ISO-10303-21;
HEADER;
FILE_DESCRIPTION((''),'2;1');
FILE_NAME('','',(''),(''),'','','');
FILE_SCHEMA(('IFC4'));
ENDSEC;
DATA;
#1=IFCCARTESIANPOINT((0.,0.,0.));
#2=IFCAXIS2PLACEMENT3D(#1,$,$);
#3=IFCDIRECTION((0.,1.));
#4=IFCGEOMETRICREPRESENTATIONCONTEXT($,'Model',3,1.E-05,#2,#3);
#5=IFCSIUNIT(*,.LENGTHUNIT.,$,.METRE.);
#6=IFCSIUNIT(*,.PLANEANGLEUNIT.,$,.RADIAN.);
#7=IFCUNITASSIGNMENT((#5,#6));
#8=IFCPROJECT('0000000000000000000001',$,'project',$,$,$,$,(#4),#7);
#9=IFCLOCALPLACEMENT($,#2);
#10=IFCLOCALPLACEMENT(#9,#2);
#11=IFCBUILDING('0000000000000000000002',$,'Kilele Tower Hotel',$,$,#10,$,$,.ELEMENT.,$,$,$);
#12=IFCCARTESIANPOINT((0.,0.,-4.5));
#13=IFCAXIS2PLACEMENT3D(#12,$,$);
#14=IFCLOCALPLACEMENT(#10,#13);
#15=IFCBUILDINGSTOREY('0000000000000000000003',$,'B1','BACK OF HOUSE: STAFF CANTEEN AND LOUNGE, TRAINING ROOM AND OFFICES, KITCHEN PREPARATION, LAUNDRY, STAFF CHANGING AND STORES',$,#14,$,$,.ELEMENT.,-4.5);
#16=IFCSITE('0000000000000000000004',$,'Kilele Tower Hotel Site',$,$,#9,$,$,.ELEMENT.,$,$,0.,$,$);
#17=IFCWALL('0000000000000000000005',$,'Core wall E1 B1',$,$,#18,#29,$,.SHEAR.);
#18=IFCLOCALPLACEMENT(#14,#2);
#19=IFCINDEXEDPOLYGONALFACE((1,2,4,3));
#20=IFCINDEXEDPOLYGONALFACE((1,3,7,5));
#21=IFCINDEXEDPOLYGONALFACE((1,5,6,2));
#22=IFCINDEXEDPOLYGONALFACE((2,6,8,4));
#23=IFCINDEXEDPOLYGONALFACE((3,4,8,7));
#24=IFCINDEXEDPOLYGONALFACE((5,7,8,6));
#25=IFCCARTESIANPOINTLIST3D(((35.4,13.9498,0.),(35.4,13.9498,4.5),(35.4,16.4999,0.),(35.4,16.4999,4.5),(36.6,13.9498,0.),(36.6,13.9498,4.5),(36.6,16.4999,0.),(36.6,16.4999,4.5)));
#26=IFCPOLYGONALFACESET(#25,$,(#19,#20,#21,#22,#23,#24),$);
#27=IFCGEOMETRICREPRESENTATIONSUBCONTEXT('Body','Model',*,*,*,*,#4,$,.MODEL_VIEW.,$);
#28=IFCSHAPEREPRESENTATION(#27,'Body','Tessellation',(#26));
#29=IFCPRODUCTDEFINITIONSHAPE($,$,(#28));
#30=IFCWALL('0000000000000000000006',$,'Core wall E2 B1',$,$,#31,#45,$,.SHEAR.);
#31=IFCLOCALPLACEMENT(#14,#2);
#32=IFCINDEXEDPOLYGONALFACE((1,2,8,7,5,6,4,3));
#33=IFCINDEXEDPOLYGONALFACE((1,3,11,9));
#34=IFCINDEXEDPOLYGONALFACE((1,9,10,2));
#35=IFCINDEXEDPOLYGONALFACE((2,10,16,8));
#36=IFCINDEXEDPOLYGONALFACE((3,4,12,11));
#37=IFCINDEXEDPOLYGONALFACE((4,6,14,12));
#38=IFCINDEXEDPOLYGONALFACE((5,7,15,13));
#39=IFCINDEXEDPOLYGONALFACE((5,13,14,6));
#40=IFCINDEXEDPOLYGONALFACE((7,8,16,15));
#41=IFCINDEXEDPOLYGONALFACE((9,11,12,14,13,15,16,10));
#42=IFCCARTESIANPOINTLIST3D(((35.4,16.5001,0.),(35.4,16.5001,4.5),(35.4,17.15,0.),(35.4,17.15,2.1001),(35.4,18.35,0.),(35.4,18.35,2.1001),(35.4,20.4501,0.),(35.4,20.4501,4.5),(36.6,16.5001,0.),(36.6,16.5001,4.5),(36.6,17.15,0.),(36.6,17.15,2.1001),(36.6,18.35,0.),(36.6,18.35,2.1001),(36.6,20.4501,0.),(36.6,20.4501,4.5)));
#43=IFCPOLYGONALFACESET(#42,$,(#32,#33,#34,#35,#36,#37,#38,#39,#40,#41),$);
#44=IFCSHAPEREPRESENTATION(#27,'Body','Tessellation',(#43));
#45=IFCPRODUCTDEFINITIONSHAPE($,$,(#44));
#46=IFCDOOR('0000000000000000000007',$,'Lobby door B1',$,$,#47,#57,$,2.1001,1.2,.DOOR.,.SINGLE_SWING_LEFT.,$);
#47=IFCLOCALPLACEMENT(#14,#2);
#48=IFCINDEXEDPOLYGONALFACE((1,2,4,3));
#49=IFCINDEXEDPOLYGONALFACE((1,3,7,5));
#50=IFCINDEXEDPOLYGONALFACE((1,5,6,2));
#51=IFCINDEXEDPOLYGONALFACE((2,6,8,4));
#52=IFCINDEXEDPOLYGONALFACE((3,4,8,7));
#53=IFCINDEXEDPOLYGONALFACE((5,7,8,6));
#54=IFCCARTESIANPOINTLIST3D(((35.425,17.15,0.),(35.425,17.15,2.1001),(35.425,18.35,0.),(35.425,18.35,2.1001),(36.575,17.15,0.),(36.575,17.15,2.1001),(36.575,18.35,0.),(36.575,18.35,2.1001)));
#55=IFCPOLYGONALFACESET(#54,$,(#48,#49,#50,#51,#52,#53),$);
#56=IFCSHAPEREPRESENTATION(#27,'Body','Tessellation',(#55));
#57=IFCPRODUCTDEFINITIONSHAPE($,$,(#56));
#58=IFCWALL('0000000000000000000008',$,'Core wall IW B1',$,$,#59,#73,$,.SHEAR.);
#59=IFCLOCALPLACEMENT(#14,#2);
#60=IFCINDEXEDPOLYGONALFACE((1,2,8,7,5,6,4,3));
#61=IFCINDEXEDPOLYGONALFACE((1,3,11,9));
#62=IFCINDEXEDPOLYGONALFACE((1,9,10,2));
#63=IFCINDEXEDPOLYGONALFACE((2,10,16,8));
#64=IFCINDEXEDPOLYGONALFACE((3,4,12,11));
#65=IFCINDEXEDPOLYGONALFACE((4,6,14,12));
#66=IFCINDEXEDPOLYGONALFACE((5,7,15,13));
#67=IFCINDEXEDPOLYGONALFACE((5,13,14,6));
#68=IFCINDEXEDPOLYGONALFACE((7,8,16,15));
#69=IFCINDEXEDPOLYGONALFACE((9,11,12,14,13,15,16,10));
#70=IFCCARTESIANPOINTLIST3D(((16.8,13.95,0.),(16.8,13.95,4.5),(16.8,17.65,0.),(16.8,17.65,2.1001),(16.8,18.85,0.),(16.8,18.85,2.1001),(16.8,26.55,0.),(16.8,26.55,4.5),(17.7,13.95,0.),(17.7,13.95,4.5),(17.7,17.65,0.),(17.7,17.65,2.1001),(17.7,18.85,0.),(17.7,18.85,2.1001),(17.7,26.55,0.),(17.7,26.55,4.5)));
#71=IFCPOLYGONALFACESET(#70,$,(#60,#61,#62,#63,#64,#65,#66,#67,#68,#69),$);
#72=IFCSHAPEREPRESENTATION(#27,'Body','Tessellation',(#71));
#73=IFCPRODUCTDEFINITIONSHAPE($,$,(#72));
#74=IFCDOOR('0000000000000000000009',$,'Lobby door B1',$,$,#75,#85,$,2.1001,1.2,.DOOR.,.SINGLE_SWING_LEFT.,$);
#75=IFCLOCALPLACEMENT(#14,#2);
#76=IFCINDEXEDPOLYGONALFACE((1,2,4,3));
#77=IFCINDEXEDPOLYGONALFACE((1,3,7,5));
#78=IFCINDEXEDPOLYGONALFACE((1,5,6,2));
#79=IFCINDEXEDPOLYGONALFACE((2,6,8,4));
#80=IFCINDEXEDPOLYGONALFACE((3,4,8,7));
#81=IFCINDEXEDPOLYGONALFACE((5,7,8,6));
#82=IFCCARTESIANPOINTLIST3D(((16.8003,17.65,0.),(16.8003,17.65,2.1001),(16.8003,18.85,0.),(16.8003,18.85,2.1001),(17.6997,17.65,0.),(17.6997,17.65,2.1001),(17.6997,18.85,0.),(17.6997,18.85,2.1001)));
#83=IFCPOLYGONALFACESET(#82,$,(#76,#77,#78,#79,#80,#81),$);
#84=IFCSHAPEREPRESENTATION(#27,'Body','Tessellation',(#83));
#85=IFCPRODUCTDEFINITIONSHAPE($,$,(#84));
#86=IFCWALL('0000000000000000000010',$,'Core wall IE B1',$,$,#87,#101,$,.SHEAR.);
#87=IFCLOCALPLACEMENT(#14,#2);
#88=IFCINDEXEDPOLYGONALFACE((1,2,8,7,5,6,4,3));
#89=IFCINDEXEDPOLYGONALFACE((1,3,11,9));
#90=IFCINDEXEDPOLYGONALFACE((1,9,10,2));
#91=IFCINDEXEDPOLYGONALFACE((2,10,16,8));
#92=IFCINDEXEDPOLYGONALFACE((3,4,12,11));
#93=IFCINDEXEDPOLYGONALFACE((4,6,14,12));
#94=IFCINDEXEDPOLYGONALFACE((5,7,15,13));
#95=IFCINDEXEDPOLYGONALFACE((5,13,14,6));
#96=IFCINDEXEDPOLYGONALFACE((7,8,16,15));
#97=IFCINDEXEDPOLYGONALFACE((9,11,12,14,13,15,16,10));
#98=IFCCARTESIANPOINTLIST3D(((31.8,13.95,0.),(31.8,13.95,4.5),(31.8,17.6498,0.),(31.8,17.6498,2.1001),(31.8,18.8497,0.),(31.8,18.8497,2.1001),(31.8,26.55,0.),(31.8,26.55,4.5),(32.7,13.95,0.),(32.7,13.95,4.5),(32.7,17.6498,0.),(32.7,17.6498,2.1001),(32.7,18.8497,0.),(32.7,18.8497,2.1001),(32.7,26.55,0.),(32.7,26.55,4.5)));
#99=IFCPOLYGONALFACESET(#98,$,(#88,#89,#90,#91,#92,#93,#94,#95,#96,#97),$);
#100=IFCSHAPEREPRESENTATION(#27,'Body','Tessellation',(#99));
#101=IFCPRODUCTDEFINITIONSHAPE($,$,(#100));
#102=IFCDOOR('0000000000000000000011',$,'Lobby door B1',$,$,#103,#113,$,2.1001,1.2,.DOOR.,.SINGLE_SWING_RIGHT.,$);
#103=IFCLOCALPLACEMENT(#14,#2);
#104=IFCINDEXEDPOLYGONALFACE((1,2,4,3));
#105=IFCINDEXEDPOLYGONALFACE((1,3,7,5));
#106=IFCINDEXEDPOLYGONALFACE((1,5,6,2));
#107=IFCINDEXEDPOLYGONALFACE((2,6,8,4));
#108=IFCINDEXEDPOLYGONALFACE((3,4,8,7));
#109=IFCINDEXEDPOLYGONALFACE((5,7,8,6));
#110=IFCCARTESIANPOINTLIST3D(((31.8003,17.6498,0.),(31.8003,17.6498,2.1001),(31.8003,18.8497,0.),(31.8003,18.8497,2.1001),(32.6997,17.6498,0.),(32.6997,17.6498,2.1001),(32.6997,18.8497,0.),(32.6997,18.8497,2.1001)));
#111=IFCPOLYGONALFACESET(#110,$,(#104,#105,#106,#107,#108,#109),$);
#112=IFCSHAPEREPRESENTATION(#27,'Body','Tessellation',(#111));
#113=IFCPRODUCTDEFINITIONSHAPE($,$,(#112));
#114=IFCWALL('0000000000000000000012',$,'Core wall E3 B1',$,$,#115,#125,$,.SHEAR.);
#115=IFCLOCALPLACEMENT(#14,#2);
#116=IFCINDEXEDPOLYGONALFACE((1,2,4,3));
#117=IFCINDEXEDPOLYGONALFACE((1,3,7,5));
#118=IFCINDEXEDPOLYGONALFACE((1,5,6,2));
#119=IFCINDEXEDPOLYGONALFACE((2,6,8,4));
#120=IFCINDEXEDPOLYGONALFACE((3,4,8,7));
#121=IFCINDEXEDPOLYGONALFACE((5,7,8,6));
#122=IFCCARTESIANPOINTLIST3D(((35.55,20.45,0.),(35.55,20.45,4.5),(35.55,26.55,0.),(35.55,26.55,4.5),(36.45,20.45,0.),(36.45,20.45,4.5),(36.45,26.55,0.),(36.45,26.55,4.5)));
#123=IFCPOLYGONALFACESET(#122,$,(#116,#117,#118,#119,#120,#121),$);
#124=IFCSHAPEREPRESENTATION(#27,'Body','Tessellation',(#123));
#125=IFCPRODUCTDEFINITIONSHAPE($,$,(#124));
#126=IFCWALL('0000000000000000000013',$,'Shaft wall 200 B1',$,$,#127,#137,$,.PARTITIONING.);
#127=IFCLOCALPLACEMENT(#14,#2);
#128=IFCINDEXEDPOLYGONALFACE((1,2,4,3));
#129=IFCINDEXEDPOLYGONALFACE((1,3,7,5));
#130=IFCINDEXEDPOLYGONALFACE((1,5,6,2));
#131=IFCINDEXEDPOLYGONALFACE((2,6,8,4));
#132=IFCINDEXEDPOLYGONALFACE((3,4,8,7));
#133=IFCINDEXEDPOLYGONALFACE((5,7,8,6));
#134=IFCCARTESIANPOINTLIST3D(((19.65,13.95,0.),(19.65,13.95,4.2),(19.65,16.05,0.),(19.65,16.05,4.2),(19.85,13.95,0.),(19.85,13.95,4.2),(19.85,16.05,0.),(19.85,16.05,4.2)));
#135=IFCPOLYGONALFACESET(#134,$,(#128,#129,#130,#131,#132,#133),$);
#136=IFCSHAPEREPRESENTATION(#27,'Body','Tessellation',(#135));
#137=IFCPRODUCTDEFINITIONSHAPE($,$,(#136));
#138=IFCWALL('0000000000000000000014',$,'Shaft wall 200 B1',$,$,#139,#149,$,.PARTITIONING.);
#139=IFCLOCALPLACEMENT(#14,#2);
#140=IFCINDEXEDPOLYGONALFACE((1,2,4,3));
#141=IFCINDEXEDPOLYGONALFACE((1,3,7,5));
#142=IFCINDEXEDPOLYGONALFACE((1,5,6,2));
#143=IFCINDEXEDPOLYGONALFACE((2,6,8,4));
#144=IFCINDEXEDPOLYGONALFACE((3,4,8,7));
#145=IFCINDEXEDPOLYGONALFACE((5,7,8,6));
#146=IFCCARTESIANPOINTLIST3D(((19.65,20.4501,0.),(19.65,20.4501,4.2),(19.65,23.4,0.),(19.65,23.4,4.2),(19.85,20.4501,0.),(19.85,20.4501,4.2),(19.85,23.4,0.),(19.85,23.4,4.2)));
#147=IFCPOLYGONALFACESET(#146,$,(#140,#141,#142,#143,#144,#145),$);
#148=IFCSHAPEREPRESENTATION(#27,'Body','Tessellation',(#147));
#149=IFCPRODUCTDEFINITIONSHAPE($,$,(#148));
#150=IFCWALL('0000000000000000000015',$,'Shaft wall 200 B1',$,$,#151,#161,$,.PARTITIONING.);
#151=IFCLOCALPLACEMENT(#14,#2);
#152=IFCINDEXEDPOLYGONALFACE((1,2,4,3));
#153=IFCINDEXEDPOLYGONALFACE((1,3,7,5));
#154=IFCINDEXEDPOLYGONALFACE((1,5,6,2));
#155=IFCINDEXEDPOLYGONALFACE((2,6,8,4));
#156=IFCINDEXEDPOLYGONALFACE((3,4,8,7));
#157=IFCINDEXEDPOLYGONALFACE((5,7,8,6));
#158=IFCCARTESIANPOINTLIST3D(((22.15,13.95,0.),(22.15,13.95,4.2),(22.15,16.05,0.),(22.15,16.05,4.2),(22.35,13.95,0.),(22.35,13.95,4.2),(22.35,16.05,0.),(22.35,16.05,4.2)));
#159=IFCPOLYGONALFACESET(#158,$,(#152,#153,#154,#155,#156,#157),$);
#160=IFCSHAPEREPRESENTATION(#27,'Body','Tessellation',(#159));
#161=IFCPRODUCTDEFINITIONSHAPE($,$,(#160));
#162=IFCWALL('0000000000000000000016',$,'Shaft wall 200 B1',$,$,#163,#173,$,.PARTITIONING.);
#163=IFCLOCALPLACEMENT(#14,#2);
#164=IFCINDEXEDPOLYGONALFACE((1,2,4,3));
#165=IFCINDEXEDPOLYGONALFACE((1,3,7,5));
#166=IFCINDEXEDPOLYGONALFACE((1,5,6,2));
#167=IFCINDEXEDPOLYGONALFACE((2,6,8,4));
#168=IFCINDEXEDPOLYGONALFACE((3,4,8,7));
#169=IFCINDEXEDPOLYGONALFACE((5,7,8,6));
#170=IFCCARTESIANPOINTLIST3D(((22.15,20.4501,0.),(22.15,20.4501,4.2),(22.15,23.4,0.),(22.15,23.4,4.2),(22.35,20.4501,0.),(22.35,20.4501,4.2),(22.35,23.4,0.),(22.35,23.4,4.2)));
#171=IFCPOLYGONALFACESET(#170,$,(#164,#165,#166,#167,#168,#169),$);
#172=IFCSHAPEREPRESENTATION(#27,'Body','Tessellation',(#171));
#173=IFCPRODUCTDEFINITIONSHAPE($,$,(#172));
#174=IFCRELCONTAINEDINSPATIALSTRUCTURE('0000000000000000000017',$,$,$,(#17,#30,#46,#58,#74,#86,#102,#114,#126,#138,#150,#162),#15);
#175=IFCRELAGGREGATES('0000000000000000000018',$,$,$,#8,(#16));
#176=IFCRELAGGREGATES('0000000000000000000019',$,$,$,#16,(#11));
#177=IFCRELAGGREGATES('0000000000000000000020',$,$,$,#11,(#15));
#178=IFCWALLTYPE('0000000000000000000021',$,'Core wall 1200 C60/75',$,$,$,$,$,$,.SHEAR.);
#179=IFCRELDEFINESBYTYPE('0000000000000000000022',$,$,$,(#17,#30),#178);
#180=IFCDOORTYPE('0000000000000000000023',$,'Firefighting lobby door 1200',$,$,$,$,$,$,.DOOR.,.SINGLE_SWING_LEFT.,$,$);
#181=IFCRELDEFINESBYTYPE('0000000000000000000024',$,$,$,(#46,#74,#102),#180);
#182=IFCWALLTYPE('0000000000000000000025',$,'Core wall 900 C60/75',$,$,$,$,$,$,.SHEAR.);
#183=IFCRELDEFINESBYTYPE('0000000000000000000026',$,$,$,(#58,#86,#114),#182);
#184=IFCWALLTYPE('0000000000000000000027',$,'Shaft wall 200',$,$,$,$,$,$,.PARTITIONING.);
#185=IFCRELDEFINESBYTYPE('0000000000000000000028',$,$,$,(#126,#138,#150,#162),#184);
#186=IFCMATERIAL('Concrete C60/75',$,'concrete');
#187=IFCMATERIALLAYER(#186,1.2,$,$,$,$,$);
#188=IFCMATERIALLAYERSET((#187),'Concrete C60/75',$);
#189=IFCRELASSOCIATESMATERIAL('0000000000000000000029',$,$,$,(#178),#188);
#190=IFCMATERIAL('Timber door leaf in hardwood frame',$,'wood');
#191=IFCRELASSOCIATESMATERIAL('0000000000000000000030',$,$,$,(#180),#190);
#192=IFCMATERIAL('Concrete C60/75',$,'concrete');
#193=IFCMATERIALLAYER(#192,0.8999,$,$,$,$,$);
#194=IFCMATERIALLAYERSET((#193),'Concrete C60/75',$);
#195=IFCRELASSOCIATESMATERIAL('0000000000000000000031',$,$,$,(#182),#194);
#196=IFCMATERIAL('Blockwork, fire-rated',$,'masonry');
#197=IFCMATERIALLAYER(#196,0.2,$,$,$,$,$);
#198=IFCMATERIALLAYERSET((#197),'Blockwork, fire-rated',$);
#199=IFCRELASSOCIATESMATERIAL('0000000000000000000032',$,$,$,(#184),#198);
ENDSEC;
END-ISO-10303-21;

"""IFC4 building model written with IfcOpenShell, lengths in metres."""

from ifc_helpers import new_model, si_unit, direction, frame, frame_2d, origin, place, context, subcontext, project, spatial, rectangle, extrude, material, layer, layer_set, type_object, element, fill, save


model = new_model("IFC4")

# Units and contexts
model_context = context("Model", 3, precision=1e-05, world=origin(), true_north=direction((0.0, 1.0)))
body_context = subcontext(model_context, "Body", "Model", "MODEL_VIEW")
ifc_project = project(units=[si_unit("LENGTHUNIT", "METRE"), si_unit("PLANEANGLEUNIT", "RADIAN")], contexts=[model_context])

# Site, building, storey
site_placement = place(None, origin())
site = spatial("IfcSite", under=ifc_project, at=site_placement, Name="Kilele Tower Hotel Site", CompositionType="ELEMENT", RefElevation=0.0)
building_placement = place(site_placement, origin())
building = spatial("IfcBuilding", under=site, at=building_placement, Name="Kilele Tower Hotel", CompositionType="ELEMENT")
storey_placement = place(building_placement, frame((0.0, 0.0, -4.5)))
storey = spatial("IfcBuildingStorey", under=building, at=storey_placement, Name="B1", Description="BACK OF HOUSE: STAFF CANTEEN AND LOUNGE, TRAINING ROOM AND OFFICES, KITCHEN PREPARATION, LAUNDRY, STAFF CHANGING AND STORES", CompositionType="ELEMENT", Elevation=-4.5)

# Wall
ifc_material_1 = material(Name="Concrete C60/75", Category="concrete")
ifc_layer_1 = layer(ifc_material_1, 1.2)
ifc_layer_set_1 = layer_set([ifc_layer_1], Name="Concrete C60/75")
wall_type_1 = type_object("IfcWallType", Name="Core wall 1200 C60/75", PredefinedType="SHEAR", material=ifc_layer_set_1)
wall_1_placement = place(storey_placement, frame((36.0, 13.95, 0.0), z_axis=(0.0, 0.0, 1.0), x_axis=(0.0, 1.0, 0.0)))
element("IfcWall", 1, at=wall_1_placement, inside=storey, type_object=wall_type_1, Name="Core wall E1 B1", PredefinedType="SHEAR", context=body_context, shape_type="SweptSolid", body=[
    extrude(rectangle(XDim=2.55, YDim=1.2, at=frame_2d((1.2749, 0.0))), origin(), (0.0, 0.0, 1.0), 4.5),
])

# Walls, openings, doors
wall_2_placement = place(storey_placement, frame((36.0, 16.5, 0.0), z_axis=(0.0, 0.0, 1.0), x_axis=(0.0, 1.0, 0.0)))
wall_2 = element("IfcWall", 2, at=wall_2_placement, inside=storey, type_object=wall_type_1, Name="Core wall E2 B1", PredefinedType="SHEAR", context=body_context, shape_type="SweptSolid", body=[
    extrude(rectangle(XDim=3.95, YDim=1.2, at=frame_2d((1.9751, 0.0))), origin(), (0.0, 0.0, 1.0), 4.5),
])
opening_1_placement = place(wall_2_placement, frame((0.6499, 0.0, 0.0)))
opening_1 = element("IfcOpeningElement", 3, at=opening_1_placement, cuts=wall_2, PredefinedType="OPENING", context=body_context, shape_type="SweptSolid", body=[
    extrude(rectangle(XDim=1.2, YDim=2.1001, at=frame_2d((0.6001, 1.05))), frame((0.0, 0.6099, 0.0), z_axis=(0.0, -1.0, 0.0), x_axis=(1.0, 0.0, 0.0)), (0.0, 0.0, 1.0), 1.22),
])
ifc_material_2 = material(Name="Timber door leaf in hardwood frame", Category="wood")
door_type = type_object("IfcDoorType", Name="Firefighting lobby door 1200", OperationType="SINGLE_SWING_LEFT", PredefinedType="DOOR", material=ifc_material_2)
door_1_placement = place(opening_1_placement, origin())
door_1 = element("IfcDoor", 4, at=door_1_placement, inside=storey, type_object=door_type, Name="Lobby door B1", OperationType="SINGLE_SWING_LEFT", OverallHeight=2.1001, OverallWidth=1.2, PredefinedType="DOOR", context=body_context, shape_type="SweptSolid", body=[
    extrude(rectangle(XDim=1.2, YDim=2.1001, at=frame_2d((0.6001, 1.05))), frame((0.0, 0.575, 0.0), z_axis=(0.0, -1.0, 0.0), x_axis=(1.0, 0.0, 0.0)), (0.0, 0.0, 1.0), 1.1499),
])
fill(opening_1, door_1)
ifc_material_3 = material(Name="Concrete C60/75", Category="concrete")
ifc_layer_2 = layer(ifc_material_3, 0.8999)
ifc_layer_set_2 = layer_set([ifc_layer_2], Name="Concrete C60/75")
wall_type_2 = type_object("IfcWallType", Name="Core wall 900 C60/75", PredefinedType="SHEAR", material=ifc_layer_set_2)
wall_3_placement = place(storey_placement, frame((17.25, 13.95, 0.0), z_axis=(0.0, 0.0, 1.0), x_axis=(0.0, 1.0, 0.0)))
wall_3 = element("IfcWall", 5, at=wall_3_placement, inside=storey, type_object=wall_type_2, Name="Core wall IW B1", PredefinedType="SHEAR", context=body_context, shape_type="SweptSolid", body=[
    extrude(rectangle(XDim=12.6001, YDim=0.8999, at=frame_2d((6.3, 0.0))), origin(), (0.0, 0.0, 1.0), 4.5),
])
opening_2_placement = place(wall_3_placement, frame((3.7, 0.0, 0.0)))
opening_2 = element("IfcOpeningElement", 6, at=opening_2_placement, cuts=wall_3, PredefinedType="OPENING", context=body_context, shape_type="SweptSolid", body=[
    extrude(rectangle(XDim=1.2, YDim=2.1001, at=frame_2d((0.6001, 1.05))), frame((0.0, 0.46, 0.0), z_axis=(0.0, -1.0, 0.0), x_axis=(1.0, 0.0, 0.0)), (0.0, 0.0, 1.0), 0.9199),
])
door_2_placement = place(opening_2_placement, origin())
door_2 = element("IfcDoor", 7, at=door_2_placement, inside=storey, type_object=door_type, Name="Lobby door B1", OperationType="SINGLE_SWING_LEFT", OverallHeight=2.1001, OverallWidth=1.2, PredefinedType="DOOR", context=body_context, shape_type="SweptSolid", body=[
    extrude(rectangle(XDim=1.2, YDim=2.1001, at=frame_2d((0.6001, 1.05))), frame((0.0, 0.4497, 0.0), z_axis=(0.0, -1.0, 0.0), x_axis=(1.0, 0.0, 0.0)), (0.0, 0.0, 1.0), 0.8994),
])
fill(opening_2, door_2)
wall_4_placement = place(storey_placement, frame((32.25, 13.95, 0.0), z_axis=(0.0, 0.0, 1.0), x_axis=(0.0, 1.0, 0.0)))
wall_4 = element("IfcWall", 8, at=wall_4_placement, inside=storey, type_object=wall_type_2, Name="Core wall IE B1", PredefinedType="SHEAR", context=body_context, shape_type="SweptSolid", body=[
    extrude(rectangle(XDim=12.6001, YDim=0.8999, at=frame_2d((6.3, 0.0))), origin(), (0.0, 0.0, 1.0), 4.5),
])
opening_3_placement = place(wall_4_placement, frame((4.8999, 0.0, 0.0), z_axis=(0.0, 0.0, 1.0), x_axis=(-1.0, 0.0, 0.0)))
opening_3 = element("IfcOpeningElement", 9, at=opening_3_placement, cuts=wall_4, PredefinedType="OPENING", context=body_context, shape_type="SweptSolid", body=[
    extrude(rectangle(XDim=1.2, YDim=2.1001, at=frame_2d((0.6001, 1.05))), frame((0.0, 0.46, 0.0), z_axis=(0.0, -1.0, 0.0), x_axis=(1.0, 0.0, 0.0)), (0.0, 0.0, 1.0), 0.9199),
])
door_3_placement = place(opening_3_placement, origin())
door_3 = element("IfcDoor", 10, at=door_3_placement, inside=storey, type_object=door_type, Name="Lobby door B1", OperationType="SINGLE_SWING_RIGHT", OverallHeight=2.1001, OverallWidth=1.2, PredefinedType="DOOR", context=body_context, shape_type="SweptSolid", body=[
    extrude(rectangle(XDim=1.2, YDim=2.1001, at=frame_2d((0.6001, 1.05))), frame((0.0, 0.4497, 0.0), z_axis=(0.0, -1.0, 0.0), x_axis=(1.0, 0.0, 0.0)), (0.0, 0.0, 1.0), 0.8994),
])
fill(opening_3, door_3)

# Walls
wall_5_placement = place(storey_placement, frame((36.0, 20.45, 0.0), z_axis=(0.0, 0.0, 1.0), x_axis=(0.0, 1.0, 0.0)))
element("IfcWall", 11, at=wall_5_placement, inside=storey, type_object=wall_type_2, Name="Core wall E3 B1", PredefinedType="SHEAR", context=body_context, shape_type="SweptSolid", body=[
    extrude(rectangle(XDim=6.1001, YDim=0.8999, at=frame_2d((3.05, 0.0))), origin(), (0.0, 0.0, 1.0), 4.5),
])
ifc_material_4 = material(Name="Blockwork, fire-rated", Category="masonry")
ifc_layer_3 = layer(ifc_material_4, 0.2)
ifc_layer_set_3 = layer_set([ifc_layer_3], Name="Blockwork, fire-rated")
wall_type_3 = type_object("IfcWallType", Name="Shaft wall 200", PredefinedType="PARTITIONING", material=ifc_layer_set_3)
wall_6_placement = place(storey_placement, frame((19.75, 13.95, 0.0), z_axis=(0.0, 0.0, 1.0), x_axis=(0.0, 1.0, 0.0)))
element("IfcWall", 12, at=wall_6_placement, inside=storey, type_object=wall_type_3, Name="Shaft wall 200 B1", PredefinedType="PARTITIONING", context=body_context, shape_type="SweptSolid", body=[
    extrude(rectangle(XDim=2.1001, YDim=0.2, at=frame_2d((1.05, 0.0))), origin(), (0.0, 0.0, 1.0), 4.2),
])
wall_7_placement = place(storey_placement, frame((19.75, 20.45, 0.0), z_axis=(0.0, 0.0, 1.0), x_axis=(0.0, 1.0, 0.0)))
element("IfcWall", 13, at=wall_7_placement, inside=storey, type_object=wall_type_3, Name="Shaft wall 200 B1", PredefinedType="PARTITIONING", context=body_context, shape_type="SweptSolid", body=[
    extrude(rectangle(XDim=2.95, YDim=0.2, at=frame_2d((1.4751, 0.0))), origin(), (0.0, 0.0, 1.0), 4.2),
])
wall_8_placement = place(storey_placement, frame((22.25, 13.95, 0.0), z_axis=(0.0, 0.0, 1.0), x_axis=(0.0, 1.0, 0.0)))
element("IfcWall", 14, at=wall_8_placement, inside=storey, type_object=wall_type_3, Name="Shaft wall 200 B1", PredefinedType="PARTITIONING", context=body_context, shape_type="SweptSolid", body=[
    extrude(rectangle(XDim=2.1001, YDim=0.2, at=frame_2d((1.05, 0.0))), origin(), (0.0, 0.0, 1.0), 4.2),
])
wall_9_placement = place(storey_placement, frame((22.25, 20.45, 0.0), z_axis=(0.0, 0.0, 1.0), x_axis=(0.0, 1.0, 0.0)))
element("IfcWall", 15, at=wall_9_placement, inside=storey, type_object=wall_type_3, Name="Shaft wall 200 B1", PredefinedType="PARTITIONING", context=body_context, shape_type="SweptSolid", body=[
    extrude(rectangle(XDim=2.95, YDim=0.2, at=frame_2d((1.4751, 0.0))), origin(), (0.0, 0.0, 1.0), 4.2),
])

save(model, "model.ifc")
